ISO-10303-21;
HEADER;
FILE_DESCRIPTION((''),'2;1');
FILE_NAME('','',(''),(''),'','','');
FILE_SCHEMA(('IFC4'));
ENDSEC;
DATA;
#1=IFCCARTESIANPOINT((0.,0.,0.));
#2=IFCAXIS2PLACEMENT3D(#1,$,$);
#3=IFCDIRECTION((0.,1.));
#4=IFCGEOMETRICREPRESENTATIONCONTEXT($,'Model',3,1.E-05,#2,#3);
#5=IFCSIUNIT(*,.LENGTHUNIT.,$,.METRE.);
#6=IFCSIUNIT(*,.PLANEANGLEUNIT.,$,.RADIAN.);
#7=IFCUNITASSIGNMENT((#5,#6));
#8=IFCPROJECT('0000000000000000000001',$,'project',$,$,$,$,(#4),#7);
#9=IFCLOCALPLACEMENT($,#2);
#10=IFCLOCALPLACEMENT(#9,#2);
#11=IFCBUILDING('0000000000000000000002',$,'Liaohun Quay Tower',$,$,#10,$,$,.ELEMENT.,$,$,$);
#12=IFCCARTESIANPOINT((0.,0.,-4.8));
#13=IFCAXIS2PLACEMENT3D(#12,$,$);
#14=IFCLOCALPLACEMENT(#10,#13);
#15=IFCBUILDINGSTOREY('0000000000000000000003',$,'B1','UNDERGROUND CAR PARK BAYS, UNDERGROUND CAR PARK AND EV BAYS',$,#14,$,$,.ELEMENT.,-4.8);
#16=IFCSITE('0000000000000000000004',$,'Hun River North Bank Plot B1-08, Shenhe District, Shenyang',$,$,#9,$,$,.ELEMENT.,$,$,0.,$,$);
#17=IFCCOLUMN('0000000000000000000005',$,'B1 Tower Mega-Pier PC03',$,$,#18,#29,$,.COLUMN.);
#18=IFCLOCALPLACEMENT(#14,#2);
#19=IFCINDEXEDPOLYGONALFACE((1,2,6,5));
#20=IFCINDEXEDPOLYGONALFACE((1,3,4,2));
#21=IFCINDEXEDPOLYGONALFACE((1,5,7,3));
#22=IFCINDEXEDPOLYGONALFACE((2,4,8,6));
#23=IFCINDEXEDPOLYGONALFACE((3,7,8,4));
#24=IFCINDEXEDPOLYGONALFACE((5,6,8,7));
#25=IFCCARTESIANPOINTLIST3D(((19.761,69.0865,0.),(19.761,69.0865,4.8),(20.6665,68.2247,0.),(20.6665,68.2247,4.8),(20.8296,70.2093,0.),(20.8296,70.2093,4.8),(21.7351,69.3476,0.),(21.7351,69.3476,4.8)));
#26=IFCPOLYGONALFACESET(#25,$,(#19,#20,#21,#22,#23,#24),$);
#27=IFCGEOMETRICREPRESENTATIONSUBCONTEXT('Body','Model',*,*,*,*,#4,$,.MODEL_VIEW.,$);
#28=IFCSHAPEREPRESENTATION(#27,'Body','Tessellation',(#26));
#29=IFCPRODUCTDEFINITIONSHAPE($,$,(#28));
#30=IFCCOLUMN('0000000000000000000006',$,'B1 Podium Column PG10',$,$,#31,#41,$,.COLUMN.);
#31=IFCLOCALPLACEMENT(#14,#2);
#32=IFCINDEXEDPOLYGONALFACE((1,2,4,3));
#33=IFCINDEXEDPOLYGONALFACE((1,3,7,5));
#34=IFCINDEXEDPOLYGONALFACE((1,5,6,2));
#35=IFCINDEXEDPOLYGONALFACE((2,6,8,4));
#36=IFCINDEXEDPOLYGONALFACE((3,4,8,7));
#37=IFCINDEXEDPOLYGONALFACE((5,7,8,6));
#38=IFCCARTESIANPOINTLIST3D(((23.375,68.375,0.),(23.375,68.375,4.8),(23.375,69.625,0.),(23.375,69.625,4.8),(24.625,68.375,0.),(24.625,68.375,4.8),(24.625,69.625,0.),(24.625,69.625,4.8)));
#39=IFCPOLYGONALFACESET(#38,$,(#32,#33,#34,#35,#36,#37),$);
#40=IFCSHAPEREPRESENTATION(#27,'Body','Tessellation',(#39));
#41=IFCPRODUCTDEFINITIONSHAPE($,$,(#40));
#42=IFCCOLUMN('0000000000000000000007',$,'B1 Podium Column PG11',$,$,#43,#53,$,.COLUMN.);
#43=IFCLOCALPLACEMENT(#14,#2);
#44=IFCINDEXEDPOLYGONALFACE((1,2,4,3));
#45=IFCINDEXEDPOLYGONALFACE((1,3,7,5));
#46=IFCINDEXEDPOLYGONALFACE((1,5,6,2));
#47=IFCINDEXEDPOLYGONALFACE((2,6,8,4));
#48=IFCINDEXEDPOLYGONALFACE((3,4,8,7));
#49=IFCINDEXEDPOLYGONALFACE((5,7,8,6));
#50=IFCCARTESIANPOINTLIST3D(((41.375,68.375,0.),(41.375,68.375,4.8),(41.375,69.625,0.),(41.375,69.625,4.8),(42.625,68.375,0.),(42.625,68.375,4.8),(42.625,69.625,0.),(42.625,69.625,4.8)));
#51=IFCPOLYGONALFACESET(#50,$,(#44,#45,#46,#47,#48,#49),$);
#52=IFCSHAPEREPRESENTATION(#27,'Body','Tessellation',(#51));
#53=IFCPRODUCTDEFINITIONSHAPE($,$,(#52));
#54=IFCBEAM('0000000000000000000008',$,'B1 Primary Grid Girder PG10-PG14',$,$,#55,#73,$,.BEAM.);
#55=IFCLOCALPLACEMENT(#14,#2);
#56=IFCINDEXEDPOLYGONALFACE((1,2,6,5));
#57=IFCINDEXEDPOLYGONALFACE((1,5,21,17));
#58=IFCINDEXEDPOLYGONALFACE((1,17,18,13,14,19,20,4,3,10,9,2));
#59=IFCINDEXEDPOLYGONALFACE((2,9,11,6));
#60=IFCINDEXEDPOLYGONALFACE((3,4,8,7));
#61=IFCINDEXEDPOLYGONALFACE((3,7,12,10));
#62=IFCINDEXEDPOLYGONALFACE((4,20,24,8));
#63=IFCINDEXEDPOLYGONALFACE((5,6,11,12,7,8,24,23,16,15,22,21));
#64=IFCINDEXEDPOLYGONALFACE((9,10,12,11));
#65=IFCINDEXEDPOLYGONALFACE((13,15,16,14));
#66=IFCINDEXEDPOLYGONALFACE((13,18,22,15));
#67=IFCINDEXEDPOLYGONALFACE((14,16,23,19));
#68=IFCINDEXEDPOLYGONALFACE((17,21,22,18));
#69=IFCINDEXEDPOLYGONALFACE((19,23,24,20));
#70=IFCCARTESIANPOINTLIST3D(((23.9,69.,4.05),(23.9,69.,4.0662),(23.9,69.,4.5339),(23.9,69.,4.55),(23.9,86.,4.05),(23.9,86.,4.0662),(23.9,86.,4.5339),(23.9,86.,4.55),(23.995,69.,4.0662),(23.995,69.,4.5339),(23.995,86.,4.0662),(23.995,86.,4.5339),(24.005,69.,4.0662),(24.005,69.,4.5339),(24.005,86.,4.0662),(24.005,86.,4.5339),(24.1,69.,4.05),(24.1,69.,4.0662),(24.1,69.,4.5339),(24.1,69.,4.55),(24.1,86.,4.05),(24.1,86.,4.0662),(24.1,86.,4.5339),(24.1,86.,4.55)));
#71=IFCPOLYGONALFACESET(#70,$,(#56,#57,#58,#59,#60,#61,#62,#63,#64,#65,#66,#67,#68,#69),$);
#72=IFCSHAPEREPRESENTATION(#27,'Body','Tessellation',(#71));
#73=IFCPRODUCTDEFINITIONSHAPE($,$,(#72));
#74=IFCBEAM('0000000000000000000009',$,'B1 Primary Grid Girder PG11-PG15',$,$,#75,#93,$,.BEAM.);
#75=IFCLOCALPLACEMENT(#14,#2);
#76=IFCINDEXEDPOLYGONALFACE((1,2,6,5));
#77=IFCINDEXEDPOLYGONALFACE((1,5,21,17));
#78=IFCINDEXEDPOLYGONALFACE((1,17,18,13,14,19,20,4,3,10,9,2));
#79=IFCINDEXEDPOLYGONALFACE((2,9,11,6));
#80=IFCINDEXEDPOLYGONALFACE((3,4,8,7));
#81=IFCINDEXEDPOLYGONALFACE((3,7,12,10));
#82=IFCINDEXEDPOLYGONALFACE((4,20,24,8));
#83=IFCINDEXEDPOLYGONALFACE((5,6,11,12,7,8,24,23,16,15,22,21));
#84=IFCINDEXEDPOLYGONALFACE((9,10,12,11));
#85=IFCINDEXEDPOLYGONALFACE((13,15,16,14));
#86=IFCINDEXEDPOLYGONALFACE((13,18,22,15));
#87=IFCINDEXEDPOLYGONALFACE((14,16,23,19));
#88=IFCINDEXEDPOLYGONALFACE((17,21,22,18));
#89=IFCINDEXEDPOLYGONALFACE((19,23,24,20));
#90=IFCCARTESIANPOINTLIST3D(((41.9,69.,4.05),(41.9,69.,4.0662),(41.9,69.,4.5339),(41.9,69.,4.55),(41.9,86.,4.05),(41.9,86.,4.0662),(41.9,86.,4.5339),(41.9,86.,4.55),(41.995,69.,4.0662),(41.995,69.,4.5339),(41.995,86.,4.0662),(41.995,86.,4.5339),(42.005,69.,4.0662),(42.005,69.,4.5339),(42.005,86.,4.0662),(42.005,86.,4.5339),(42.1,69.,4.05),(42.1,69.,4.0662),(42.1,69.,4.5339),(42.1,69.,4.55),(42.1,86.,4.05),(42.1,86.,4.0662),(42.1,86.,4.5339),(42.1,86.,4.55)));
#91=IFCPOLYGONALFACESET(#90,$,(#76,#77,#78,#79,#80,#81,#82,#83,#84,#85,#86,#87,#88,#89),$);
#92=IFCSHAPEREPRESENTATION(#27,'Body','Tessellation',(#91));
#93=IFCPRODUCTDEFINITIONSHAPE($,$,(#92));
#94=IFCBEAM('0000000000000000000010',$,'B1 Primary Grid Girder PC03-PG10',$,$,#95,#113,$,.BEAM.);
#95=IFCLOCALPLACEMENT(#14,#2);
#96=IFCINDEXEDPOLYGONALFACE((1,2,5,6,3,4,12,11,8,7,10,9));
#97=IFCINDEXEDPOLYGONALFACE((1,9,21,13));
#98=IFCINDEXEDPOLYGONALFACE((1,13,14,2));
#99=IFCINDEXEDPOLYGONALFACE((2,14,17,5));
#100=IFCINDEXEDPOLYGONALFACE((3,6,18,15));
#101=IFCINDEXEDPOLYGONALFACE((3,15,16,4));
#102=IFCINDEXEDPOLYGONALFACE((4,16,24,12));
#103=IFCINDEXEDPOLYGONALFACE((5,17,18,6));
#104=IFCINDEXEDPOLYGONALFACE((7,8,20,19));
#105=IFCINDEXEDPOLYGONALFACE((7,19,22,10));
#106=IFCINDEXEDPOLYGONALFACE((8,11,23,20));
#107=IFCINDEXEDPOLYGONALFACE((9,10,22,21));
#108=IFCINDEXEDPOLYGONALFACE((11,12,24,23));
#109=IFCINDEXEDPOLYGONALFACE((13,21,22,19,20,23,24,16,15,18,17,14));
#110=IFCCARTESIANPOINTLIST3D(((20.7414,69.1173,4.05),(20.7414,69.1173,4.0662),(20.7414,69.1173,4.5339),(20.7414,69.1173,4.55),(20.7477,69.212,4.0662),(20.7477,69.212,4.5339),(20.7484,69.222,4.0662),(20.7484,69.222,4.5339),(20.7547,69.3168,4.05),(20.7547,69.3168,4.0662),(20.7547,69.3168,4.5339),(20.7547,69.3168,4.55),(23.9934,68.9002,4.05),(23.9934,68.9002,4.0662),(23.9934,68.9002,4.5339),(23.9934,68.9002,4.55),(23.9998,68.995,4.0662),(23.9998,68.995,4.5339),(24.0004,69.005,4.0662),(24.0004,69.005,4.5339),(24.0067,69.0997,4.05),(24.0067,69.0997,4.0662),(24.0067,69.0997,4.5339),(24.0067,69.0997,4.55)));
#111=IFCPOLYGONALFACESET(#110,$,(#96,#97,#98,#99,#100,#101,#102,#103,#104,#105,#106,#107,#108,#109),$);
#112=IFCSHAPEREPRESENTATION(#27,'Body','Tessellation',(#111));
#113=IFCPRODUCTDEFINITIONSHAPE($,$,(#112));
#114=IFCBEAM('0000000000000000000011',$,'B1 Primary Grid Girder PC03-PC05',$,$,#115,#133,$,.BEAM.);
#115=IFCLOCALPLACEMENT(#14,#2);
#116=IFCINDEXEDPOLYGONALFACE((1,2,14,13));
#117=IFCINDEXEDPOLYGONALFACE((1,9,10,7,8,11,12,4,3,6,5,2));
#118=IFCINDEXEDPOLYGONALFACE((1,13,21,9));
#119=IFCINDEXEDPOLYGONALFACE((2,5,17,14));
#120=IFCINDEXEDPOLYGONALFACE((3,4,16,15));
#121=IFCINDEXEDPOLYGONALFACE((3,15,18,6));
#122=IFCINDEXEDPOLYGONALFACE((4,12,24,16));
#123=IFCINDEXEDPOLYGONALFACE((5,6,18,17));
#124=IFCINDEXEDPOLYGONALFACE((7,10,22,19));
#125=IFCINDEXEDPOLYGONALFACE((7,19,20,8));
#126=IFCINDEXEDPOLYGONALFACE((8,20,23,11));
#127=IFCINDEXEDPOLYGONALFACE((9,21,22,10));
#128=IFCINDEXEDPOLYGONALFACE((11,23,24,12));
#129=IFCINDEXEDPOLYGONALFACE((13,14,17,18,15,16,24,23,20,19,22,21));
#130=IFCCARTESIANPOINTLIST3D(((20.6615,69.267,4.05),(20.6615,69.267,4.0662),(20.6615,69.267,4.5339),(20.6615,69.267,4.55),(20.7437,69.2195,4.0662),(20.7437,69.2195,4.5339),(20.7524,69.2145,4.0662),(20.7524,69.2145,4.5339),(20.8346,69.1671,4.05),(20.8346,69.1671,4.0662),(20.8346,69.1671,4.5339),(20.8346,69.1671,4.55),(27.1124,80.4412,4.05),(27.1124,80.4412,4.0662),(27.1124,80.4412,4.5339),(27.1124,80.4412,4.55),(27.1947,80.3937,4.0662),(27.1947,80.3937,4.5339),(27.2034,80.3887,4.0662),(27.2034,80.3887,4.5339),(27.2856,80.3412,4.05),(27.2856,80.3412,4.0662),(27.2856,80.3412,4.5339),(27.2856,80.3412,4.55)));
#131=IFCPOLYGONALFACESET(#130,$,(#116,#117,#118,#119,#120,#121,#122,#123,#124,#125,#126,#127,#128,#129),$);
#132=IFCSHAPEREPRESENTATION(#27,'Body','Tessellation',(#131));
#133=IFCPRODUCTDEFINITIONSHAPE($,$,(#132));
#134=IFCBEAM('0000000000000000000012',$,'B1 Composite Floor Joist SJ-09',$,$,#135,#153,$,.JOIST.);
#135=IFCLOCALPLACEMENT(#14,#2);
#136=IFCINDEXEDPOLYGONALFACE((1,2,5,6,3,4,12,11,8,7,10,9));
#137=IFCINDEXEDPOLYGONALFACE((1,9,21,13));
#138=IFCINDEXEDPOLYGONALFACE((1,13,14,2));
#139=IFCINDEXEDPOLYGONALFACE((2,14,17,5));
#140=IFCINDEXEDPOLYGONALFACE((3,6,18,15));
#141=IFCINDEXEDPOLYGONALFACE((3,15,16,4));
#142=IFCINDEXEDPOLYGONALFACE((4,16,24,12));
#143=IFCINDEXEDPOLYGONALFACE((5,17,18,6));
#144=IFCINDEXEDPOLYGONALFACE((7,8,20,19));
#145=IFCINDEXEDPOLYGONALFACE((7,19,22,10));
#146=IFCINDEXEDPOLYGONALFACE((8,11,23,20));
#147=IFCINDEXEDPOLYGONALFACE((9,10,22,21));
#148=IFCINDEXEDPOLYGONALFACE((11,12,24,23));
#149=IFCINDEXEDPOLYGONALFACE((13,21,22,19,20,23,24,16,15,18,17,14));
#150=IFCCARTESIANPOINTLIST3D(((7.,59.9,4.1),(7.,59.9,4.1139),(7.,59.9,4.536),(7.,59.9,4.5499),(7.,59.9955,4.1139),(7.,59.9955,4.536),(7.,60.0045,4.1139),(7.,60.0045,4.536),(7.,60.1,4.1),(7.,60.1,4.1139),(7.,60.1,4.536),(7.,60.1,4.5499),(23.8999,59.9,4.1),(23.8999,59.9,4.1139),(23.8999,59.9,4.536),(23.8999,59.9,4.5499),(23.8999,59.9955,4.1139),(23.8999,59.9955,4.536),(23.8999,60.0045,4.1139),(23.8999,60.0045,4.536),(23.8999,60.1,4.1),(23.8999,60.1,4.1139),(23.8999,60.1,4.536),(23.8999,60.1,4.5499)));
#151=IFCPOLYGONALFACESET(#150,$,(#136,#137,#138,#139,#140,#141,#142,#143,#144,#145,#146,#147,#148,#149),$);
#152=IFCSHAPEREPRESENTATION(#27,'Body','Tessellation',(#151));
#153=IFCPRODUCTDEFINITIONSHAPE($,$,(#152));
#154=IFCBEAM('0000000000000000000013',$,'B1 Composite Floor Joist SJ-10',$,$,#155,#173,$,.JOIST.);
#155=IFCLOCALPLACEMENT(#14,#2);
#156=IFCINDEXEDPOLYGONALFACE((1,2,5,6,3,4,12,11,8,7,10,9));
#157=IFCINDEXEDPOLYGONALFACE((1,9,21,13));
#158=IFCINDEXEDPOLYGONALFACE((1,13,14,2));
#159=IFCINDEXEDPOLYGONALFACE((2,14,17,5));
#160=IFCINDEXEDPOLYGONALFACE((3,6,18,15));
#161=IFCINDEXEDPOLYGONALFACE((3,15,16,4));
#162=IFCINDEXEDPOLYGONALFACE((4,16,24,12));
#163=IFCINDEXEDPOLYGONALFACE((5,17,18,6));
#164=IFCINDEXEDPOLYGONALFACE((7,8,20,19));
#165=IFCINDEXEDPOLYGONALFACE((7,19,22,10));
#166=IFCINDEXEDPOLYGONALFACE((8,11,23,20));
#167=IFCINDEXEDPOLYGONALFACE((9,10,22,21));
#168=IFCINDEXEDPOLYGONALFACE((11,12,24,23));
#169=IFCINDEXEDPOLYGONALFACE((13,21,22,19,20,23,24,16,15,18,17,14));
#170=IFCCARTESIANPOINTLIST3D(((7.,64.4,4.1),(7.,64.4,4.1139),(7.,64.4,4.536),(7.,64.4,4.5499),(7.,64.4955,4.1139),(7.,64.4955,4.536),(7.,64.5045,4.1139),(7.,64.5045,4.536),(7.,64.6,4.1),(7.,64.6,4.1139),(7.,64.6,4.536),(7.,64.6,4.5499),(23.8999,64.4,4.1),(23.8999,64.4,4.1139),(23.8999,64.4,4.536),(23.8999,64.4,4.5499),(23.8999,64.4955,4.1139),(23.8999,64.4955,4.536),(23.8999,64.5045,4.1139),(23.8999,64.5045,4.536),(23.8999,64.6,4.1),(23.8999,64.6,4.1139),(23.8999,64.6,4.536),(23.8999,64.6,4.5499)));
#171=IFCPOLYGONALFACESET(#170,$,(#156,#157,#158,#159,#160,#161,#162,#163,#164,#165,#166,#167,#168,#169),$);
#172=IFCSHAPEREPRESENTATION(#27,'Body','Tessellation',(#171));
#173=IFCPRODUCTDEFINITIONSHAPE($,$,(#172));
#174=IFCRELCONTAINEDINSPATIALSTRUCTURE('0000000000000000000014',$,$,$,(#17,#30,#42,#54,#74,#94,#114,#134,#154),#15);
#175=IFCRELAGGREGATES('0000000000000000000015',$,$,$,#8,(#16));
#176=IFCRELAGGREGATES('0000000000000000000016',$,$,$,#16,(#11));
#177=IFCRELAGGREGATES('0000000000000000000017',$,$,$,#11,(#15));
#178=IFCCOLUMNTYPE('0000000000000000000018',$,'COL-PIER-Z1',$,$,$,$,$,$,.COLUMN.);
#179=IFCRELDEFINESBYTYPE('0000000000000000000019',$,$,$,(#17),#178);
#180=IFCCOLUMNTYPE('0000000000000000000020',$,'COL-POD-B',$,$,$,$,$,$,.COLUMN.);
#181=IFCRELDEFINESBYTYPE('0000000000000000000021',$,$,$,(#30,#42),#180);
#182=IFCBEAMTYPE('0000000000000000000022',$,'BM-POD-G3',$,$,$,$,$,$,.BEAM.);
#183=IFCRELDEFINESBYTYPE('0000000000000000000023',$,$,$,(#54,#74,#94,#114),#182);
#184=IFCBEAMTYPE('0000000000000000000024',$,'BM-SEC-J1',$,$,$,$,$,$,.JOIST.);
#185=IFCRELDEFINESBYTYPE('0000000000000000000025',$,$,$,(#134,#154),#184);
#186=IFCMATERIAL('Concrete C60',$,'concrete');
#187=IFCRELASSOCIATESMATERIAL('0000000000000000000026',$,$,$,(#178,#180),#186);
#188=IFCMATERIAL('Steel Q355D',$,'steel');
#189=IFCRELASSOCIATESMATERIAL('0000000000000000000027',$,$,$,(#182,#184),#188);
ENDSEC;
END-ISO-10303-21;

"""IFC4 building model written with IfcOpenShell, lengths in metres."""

from ifc_helpers import new_model, si_unit, direction, frame, origin, origin_2d, place, context, subcontext, project, spatial, rectangle, i_section, extrude, source, transform, mapped, material, material_profile, profile_set, type_object, element, save


model = new_model("IFC4")

# Units and contexts
model_context = context("Model", 3, precision=1e-05, world=origin(), true_north=direction((0.0, 1.0)))
body_context = subcontext(model_context, "Body", "Model", "MODEL_VIEW")
ifc_project = project(units=[si_unit("LENGTHUNIT", "METRE"), si_unit("PLANEANGLEUNIT", "RADIAN")], contexts=[model_context])

# Site, building, storey
site_placement = place(None, origin())
site = spatial("IfcSite", under=ifc_project, at=site_placement, Name="Hun River North Bank Plot B1-08, Shenhe District, Shenyang", CompositionType="ELEMENT", RefElevation=0.0)
building_placement = place(site_placement, origin())
building = spatial("IfcBuilding", under=site, at=building_placement, Name="Liaohun Quay Tower", CompositionType="ELEMENT")
storey_placement = place(building_placement, frame((0.0, 0.0, -4.8)))
storey = spatial("IfcBuildingStorey", under=building, at=storey_placement, Name="B1", Description="UNDERGROUND CAR PARK BAYS, UNDERGROUND CAR PARK AND EV BAYS", CompositionType="ELEMENT", Elevation=-4.8)

# Columns
ifc_material_1 = material(Name="Concrete C60", Category="concrete")
ifc_material_profile_1 = material_profile(ifc_material_1, rectangle(XDim=1.55, YDim=1.25, at=origin_2d()), Name="RC1550x1250")
ifc_profile_set_1 = profile_set([ifc_material_profile_1], Name="Concrete C60")
column_type_1 = type_object("IfcColumnType", Name="COL-PIER-Z1", PredefinedType="COLUMN", material=ifc_profile_set_1)
shared_shape_1 = source(origin(), body_context, "Body", "SweptSolid", [
    extrude(rectangle(XDim=1.55, YDim=1.25, at=origin_2d()), origin(), (0.0, 0.0, 1.0), 4.8),
])
column_placement = place(storey_placement, frame((20.748, 69.217, 0.0), z_axis=(0.0, 0.0, 1.0), x_axis=(0.689367, 0.724413, 0.0)))
element("IfcColumn", 1, at=column_placement, inside=storey, type_object=column_type_1, Name="B1 Tower Mega-Pier PC03", PredefinedType="COLUMN", context=body_context, shape_type="MappedRepresentation", body=[
    mapped(shared_shape_1, transform((0.0, 0.0, 0.0), x_axis=(1.0, 0.0, 0.0), y_axis=(0.0, 1.0, 0.0), z_axis=(0.0, 0.0, 1.0), scale=1.0)),
])
ifc_material_profile_2 = material_profile(ifc_material_1, rectangle(XDim=1.25, YDim=1.25, at=origin_2d()), Name="RC1250x1250")
ifc_profile_set_2 = profile_set([ifc_material_profile_2], Name="Concrete C60")
column_type_2 = type_object("IfcColumnType", Name="COL-POD-B", PredefinedType="COLUMN", material=ifc_profile_set_2)
shared_shape_2 = source(origin(), body_context, "Body", "SweptSolid", [
    extrude(rectangle(XDim=1.25, YDim=1.25, at=origin_2d()), origin(), (0.0, 0.0, 1.0), 4.8),
])
for number, where, z_axis, x_axis, name in (
    (2, (24.0, 69.0, 0.0), (0.0, 0.0, 1.0), (1.0, 0.0, 0.0), "B1 Podium Column PG10"),
    (3, (42.0, 69.0, 0.0), (0.0, 0.0, 1.0), (1.0, 0.0, 0.0), "B1 Podium Column PG11"),
):
    element("IfcColumn", number, at=place(storey_placement, frame(where, z_axis=z_axis, x_axis=x_axis)), inside=storey, type_object=column_type_2, Name=name, PredefinedType="COLUMN", context=body_context, shape_type="MappedRepresentation", body=[
        mapped(shared_shape_2, transform((0.0, 0.0, 0.0), x_axis=(1.0, 0.0, 0.0), y_axis=(0.0, 1.0, 0.0), z_axis=(0.0, 0.0, 1.0), scale=1.0)),
    ])

# Beams
ifc_material_2 = material(Name="Steel Q355D", Category="steel")
ifc_material_profile_3 = material_profile(ifc_material_2, i_section(OverallWidth=0.2, OverallDepth=0.5, WebThickness=0.01, FlangeThickness=0.0161, at=origin_2d()), Name="HN500x200x10x16")
ifc_profile_set_3 = profile_set([ifc_material_profile_3], Name="Steel Q355D")
beam_type_1 = type_object("IfcBeamType", Name="BM-POD-G3", PredefinedType="BEAM", material=ifc_profile_set_3)
shared_shape_3 = source(origin(), body_context, "Body", "SweptSolid", [
    extrude(i_section(OverallWidth=0.2, OverallDepth=0.5, WebThickness=0.01, FlangeThickness=0.0161, at=origin_2d()), origin(), (0.0, 0.0, 1.0), 17.0),
])
for number, where, z_axis, x_axis, name in (
    (4, (24.0, 69.0, 4.3), (0.0, 1.0, 0.0), (-1.0, 0.0, 0.0), "B1 Primary Grid Girder PG10-PG14"),
    (5, (42.0, 69.0, 4.3), (0.0, 1.0, 0.0), (-1.0, 0.0, 0.0), "B1 Primary Grid Girder PG11-PG15"),
):
    element("IfcBeam", number, at=place(storey_placement, frame(where, z_axis=z_axis, x_axis=x_axis)), inside=storey, type_object=beam_type_1, Name=name, PredefinedType="BEAM", context=body_context, shape_type="MappedRepresentation", body=[
        mapped(shared_shape_3, transform((0.0, 0.0, 0.0), x_axis=(1.0, 0.0, 0.0), y_axis=(0.0, 1.0, 0.0), z_axis=(0.0, 0.0, 1.0), scale=1.0)),
    ])
shared_shape_4 = source(origin(), body_context, "Body", "SweptSolid", [
    extrude(i_section(OverallWidth=0.2, OverallDepth=0.5, WebThickness=0.01, FlangeThickness=0.0161, at=origin_2d()), origin(), (0.0, 0.0, 1.0), 3.2593),
])
beam_1_placement = place(storey_placement, frame((20.748, 69.217, 4.3), z_axis=(0.99778, -0.066594, 0.0), x_axis=(0.066594, 0.99778, 0.0)))
element("IfcBeam", 6, at=beam_1_placement, inside=storey, type_object=beam_type_1, Name="B1 Primary Grid Girder PC03-PG10", PredefinedType="BEAM", context=body_context, shape_type="MappedRepresentation", body=[
    mapped(shared_shape_4, transform((0.0, 0.0, 0.0), x_axis=(1.0, 0.0, 0.0), y_axis=(0.0, 1.0, 0.0), z_axis=(0.0, 0.0, 1.0), scale=1.0)),
])
shared_shape_5 = source(origin(), body_context, "Body", "SweptSolid", [
    extrude(i_section(OverallWidth=0.2, OverallDepth=0.5, WebThickness=0.01, FlangeThickness=0.0161, at=origin_2d()), origin(), (0.0, 0.0, 1.0), 12.9026),
])
beam_2_placement = place(storey_placement, frame((20.748, 69.217, 4.3), z_axis=(0.499975, 0.86604, 0.0), x_axis=(-0.86604, 0.499975, 0.0)))
element("IfcBeam", 7, at=beam_2_placement, inside=storey, type_object=beam_type_1, Name="B1 Primary Grid Girder PC03-PC05", PredefinedType="BEAM", context=body_context, shape_type="MappedRepresentation", body=[
    mapped(shared_shape_5, transform((0.0, 0.0, 0.0), x_axis=(1.0, 0.0, 0.0), y_axis=(0.0, 1.0, 0.0), z_axis=(0.0, 0.0, 1.0), scale=1.0)),
])
ifc_material_profile_4 = material_profile(ifc_material_2, i_section(OverallWidth=0.2, OverallDepth=0.45, WebThickness=0.009, FlangeThickness=0.0139, at=origin_2d()), Name="HN450x200x9x14")
ifc_profile_set_4 = profile_set([ifc_material_profile_4], Name="Steel Q355D")
beam_type_2 = type_object("IfcBeamType", Name="BM-SEC-J1", PredefinedType="JOIST", material=ifc_profile_set_4)
shared_shape_6 = source(origin(), body_context, "Body", "SweptSolid", [
    extrude(i_section(OverallWidth=0.2, OverallDepth=0.45, WebThickness=0.009, FlangeThickness=0.0139, at=origin_2d()), origin(), (0.0, 0.0, 1.0), 16.8999),
])
for number, where, z_axis, x_axis, name in (
    (8, (7.0, 60.0, 4.325), (1.0, 0.0, 0.0), (0.0, 1.0, 0.0), "B1 Composite Floor Joist SJ-09"),
    (9, (7.0, 64.5, 4.325), (1.0, 0.0, 0.0), (0.0, 1.0, 0.0), "B1 Composite Floor Joist SJ-10"),
):
    element("IfcBeam", number, at=place(storey_placement, frame(where, z_axis=z_axis, x_axis=x_axis)), inside=storey, type_object=beam_type_2, Name=name, PredefinedType="JOIST", context=body_context, shape_type="MappedRepresentation", body=[
        mapped(shared_shape_6, transform((0.0, 0.0, 0.0), x_axis=(1.0, 0.0, 0.0), y_axis=(0.0, 1.0, 0.0), z_axis=(0.0, 0.0, 1.0), scale=1.0)),
    ])

save(model, "model.ifc")
